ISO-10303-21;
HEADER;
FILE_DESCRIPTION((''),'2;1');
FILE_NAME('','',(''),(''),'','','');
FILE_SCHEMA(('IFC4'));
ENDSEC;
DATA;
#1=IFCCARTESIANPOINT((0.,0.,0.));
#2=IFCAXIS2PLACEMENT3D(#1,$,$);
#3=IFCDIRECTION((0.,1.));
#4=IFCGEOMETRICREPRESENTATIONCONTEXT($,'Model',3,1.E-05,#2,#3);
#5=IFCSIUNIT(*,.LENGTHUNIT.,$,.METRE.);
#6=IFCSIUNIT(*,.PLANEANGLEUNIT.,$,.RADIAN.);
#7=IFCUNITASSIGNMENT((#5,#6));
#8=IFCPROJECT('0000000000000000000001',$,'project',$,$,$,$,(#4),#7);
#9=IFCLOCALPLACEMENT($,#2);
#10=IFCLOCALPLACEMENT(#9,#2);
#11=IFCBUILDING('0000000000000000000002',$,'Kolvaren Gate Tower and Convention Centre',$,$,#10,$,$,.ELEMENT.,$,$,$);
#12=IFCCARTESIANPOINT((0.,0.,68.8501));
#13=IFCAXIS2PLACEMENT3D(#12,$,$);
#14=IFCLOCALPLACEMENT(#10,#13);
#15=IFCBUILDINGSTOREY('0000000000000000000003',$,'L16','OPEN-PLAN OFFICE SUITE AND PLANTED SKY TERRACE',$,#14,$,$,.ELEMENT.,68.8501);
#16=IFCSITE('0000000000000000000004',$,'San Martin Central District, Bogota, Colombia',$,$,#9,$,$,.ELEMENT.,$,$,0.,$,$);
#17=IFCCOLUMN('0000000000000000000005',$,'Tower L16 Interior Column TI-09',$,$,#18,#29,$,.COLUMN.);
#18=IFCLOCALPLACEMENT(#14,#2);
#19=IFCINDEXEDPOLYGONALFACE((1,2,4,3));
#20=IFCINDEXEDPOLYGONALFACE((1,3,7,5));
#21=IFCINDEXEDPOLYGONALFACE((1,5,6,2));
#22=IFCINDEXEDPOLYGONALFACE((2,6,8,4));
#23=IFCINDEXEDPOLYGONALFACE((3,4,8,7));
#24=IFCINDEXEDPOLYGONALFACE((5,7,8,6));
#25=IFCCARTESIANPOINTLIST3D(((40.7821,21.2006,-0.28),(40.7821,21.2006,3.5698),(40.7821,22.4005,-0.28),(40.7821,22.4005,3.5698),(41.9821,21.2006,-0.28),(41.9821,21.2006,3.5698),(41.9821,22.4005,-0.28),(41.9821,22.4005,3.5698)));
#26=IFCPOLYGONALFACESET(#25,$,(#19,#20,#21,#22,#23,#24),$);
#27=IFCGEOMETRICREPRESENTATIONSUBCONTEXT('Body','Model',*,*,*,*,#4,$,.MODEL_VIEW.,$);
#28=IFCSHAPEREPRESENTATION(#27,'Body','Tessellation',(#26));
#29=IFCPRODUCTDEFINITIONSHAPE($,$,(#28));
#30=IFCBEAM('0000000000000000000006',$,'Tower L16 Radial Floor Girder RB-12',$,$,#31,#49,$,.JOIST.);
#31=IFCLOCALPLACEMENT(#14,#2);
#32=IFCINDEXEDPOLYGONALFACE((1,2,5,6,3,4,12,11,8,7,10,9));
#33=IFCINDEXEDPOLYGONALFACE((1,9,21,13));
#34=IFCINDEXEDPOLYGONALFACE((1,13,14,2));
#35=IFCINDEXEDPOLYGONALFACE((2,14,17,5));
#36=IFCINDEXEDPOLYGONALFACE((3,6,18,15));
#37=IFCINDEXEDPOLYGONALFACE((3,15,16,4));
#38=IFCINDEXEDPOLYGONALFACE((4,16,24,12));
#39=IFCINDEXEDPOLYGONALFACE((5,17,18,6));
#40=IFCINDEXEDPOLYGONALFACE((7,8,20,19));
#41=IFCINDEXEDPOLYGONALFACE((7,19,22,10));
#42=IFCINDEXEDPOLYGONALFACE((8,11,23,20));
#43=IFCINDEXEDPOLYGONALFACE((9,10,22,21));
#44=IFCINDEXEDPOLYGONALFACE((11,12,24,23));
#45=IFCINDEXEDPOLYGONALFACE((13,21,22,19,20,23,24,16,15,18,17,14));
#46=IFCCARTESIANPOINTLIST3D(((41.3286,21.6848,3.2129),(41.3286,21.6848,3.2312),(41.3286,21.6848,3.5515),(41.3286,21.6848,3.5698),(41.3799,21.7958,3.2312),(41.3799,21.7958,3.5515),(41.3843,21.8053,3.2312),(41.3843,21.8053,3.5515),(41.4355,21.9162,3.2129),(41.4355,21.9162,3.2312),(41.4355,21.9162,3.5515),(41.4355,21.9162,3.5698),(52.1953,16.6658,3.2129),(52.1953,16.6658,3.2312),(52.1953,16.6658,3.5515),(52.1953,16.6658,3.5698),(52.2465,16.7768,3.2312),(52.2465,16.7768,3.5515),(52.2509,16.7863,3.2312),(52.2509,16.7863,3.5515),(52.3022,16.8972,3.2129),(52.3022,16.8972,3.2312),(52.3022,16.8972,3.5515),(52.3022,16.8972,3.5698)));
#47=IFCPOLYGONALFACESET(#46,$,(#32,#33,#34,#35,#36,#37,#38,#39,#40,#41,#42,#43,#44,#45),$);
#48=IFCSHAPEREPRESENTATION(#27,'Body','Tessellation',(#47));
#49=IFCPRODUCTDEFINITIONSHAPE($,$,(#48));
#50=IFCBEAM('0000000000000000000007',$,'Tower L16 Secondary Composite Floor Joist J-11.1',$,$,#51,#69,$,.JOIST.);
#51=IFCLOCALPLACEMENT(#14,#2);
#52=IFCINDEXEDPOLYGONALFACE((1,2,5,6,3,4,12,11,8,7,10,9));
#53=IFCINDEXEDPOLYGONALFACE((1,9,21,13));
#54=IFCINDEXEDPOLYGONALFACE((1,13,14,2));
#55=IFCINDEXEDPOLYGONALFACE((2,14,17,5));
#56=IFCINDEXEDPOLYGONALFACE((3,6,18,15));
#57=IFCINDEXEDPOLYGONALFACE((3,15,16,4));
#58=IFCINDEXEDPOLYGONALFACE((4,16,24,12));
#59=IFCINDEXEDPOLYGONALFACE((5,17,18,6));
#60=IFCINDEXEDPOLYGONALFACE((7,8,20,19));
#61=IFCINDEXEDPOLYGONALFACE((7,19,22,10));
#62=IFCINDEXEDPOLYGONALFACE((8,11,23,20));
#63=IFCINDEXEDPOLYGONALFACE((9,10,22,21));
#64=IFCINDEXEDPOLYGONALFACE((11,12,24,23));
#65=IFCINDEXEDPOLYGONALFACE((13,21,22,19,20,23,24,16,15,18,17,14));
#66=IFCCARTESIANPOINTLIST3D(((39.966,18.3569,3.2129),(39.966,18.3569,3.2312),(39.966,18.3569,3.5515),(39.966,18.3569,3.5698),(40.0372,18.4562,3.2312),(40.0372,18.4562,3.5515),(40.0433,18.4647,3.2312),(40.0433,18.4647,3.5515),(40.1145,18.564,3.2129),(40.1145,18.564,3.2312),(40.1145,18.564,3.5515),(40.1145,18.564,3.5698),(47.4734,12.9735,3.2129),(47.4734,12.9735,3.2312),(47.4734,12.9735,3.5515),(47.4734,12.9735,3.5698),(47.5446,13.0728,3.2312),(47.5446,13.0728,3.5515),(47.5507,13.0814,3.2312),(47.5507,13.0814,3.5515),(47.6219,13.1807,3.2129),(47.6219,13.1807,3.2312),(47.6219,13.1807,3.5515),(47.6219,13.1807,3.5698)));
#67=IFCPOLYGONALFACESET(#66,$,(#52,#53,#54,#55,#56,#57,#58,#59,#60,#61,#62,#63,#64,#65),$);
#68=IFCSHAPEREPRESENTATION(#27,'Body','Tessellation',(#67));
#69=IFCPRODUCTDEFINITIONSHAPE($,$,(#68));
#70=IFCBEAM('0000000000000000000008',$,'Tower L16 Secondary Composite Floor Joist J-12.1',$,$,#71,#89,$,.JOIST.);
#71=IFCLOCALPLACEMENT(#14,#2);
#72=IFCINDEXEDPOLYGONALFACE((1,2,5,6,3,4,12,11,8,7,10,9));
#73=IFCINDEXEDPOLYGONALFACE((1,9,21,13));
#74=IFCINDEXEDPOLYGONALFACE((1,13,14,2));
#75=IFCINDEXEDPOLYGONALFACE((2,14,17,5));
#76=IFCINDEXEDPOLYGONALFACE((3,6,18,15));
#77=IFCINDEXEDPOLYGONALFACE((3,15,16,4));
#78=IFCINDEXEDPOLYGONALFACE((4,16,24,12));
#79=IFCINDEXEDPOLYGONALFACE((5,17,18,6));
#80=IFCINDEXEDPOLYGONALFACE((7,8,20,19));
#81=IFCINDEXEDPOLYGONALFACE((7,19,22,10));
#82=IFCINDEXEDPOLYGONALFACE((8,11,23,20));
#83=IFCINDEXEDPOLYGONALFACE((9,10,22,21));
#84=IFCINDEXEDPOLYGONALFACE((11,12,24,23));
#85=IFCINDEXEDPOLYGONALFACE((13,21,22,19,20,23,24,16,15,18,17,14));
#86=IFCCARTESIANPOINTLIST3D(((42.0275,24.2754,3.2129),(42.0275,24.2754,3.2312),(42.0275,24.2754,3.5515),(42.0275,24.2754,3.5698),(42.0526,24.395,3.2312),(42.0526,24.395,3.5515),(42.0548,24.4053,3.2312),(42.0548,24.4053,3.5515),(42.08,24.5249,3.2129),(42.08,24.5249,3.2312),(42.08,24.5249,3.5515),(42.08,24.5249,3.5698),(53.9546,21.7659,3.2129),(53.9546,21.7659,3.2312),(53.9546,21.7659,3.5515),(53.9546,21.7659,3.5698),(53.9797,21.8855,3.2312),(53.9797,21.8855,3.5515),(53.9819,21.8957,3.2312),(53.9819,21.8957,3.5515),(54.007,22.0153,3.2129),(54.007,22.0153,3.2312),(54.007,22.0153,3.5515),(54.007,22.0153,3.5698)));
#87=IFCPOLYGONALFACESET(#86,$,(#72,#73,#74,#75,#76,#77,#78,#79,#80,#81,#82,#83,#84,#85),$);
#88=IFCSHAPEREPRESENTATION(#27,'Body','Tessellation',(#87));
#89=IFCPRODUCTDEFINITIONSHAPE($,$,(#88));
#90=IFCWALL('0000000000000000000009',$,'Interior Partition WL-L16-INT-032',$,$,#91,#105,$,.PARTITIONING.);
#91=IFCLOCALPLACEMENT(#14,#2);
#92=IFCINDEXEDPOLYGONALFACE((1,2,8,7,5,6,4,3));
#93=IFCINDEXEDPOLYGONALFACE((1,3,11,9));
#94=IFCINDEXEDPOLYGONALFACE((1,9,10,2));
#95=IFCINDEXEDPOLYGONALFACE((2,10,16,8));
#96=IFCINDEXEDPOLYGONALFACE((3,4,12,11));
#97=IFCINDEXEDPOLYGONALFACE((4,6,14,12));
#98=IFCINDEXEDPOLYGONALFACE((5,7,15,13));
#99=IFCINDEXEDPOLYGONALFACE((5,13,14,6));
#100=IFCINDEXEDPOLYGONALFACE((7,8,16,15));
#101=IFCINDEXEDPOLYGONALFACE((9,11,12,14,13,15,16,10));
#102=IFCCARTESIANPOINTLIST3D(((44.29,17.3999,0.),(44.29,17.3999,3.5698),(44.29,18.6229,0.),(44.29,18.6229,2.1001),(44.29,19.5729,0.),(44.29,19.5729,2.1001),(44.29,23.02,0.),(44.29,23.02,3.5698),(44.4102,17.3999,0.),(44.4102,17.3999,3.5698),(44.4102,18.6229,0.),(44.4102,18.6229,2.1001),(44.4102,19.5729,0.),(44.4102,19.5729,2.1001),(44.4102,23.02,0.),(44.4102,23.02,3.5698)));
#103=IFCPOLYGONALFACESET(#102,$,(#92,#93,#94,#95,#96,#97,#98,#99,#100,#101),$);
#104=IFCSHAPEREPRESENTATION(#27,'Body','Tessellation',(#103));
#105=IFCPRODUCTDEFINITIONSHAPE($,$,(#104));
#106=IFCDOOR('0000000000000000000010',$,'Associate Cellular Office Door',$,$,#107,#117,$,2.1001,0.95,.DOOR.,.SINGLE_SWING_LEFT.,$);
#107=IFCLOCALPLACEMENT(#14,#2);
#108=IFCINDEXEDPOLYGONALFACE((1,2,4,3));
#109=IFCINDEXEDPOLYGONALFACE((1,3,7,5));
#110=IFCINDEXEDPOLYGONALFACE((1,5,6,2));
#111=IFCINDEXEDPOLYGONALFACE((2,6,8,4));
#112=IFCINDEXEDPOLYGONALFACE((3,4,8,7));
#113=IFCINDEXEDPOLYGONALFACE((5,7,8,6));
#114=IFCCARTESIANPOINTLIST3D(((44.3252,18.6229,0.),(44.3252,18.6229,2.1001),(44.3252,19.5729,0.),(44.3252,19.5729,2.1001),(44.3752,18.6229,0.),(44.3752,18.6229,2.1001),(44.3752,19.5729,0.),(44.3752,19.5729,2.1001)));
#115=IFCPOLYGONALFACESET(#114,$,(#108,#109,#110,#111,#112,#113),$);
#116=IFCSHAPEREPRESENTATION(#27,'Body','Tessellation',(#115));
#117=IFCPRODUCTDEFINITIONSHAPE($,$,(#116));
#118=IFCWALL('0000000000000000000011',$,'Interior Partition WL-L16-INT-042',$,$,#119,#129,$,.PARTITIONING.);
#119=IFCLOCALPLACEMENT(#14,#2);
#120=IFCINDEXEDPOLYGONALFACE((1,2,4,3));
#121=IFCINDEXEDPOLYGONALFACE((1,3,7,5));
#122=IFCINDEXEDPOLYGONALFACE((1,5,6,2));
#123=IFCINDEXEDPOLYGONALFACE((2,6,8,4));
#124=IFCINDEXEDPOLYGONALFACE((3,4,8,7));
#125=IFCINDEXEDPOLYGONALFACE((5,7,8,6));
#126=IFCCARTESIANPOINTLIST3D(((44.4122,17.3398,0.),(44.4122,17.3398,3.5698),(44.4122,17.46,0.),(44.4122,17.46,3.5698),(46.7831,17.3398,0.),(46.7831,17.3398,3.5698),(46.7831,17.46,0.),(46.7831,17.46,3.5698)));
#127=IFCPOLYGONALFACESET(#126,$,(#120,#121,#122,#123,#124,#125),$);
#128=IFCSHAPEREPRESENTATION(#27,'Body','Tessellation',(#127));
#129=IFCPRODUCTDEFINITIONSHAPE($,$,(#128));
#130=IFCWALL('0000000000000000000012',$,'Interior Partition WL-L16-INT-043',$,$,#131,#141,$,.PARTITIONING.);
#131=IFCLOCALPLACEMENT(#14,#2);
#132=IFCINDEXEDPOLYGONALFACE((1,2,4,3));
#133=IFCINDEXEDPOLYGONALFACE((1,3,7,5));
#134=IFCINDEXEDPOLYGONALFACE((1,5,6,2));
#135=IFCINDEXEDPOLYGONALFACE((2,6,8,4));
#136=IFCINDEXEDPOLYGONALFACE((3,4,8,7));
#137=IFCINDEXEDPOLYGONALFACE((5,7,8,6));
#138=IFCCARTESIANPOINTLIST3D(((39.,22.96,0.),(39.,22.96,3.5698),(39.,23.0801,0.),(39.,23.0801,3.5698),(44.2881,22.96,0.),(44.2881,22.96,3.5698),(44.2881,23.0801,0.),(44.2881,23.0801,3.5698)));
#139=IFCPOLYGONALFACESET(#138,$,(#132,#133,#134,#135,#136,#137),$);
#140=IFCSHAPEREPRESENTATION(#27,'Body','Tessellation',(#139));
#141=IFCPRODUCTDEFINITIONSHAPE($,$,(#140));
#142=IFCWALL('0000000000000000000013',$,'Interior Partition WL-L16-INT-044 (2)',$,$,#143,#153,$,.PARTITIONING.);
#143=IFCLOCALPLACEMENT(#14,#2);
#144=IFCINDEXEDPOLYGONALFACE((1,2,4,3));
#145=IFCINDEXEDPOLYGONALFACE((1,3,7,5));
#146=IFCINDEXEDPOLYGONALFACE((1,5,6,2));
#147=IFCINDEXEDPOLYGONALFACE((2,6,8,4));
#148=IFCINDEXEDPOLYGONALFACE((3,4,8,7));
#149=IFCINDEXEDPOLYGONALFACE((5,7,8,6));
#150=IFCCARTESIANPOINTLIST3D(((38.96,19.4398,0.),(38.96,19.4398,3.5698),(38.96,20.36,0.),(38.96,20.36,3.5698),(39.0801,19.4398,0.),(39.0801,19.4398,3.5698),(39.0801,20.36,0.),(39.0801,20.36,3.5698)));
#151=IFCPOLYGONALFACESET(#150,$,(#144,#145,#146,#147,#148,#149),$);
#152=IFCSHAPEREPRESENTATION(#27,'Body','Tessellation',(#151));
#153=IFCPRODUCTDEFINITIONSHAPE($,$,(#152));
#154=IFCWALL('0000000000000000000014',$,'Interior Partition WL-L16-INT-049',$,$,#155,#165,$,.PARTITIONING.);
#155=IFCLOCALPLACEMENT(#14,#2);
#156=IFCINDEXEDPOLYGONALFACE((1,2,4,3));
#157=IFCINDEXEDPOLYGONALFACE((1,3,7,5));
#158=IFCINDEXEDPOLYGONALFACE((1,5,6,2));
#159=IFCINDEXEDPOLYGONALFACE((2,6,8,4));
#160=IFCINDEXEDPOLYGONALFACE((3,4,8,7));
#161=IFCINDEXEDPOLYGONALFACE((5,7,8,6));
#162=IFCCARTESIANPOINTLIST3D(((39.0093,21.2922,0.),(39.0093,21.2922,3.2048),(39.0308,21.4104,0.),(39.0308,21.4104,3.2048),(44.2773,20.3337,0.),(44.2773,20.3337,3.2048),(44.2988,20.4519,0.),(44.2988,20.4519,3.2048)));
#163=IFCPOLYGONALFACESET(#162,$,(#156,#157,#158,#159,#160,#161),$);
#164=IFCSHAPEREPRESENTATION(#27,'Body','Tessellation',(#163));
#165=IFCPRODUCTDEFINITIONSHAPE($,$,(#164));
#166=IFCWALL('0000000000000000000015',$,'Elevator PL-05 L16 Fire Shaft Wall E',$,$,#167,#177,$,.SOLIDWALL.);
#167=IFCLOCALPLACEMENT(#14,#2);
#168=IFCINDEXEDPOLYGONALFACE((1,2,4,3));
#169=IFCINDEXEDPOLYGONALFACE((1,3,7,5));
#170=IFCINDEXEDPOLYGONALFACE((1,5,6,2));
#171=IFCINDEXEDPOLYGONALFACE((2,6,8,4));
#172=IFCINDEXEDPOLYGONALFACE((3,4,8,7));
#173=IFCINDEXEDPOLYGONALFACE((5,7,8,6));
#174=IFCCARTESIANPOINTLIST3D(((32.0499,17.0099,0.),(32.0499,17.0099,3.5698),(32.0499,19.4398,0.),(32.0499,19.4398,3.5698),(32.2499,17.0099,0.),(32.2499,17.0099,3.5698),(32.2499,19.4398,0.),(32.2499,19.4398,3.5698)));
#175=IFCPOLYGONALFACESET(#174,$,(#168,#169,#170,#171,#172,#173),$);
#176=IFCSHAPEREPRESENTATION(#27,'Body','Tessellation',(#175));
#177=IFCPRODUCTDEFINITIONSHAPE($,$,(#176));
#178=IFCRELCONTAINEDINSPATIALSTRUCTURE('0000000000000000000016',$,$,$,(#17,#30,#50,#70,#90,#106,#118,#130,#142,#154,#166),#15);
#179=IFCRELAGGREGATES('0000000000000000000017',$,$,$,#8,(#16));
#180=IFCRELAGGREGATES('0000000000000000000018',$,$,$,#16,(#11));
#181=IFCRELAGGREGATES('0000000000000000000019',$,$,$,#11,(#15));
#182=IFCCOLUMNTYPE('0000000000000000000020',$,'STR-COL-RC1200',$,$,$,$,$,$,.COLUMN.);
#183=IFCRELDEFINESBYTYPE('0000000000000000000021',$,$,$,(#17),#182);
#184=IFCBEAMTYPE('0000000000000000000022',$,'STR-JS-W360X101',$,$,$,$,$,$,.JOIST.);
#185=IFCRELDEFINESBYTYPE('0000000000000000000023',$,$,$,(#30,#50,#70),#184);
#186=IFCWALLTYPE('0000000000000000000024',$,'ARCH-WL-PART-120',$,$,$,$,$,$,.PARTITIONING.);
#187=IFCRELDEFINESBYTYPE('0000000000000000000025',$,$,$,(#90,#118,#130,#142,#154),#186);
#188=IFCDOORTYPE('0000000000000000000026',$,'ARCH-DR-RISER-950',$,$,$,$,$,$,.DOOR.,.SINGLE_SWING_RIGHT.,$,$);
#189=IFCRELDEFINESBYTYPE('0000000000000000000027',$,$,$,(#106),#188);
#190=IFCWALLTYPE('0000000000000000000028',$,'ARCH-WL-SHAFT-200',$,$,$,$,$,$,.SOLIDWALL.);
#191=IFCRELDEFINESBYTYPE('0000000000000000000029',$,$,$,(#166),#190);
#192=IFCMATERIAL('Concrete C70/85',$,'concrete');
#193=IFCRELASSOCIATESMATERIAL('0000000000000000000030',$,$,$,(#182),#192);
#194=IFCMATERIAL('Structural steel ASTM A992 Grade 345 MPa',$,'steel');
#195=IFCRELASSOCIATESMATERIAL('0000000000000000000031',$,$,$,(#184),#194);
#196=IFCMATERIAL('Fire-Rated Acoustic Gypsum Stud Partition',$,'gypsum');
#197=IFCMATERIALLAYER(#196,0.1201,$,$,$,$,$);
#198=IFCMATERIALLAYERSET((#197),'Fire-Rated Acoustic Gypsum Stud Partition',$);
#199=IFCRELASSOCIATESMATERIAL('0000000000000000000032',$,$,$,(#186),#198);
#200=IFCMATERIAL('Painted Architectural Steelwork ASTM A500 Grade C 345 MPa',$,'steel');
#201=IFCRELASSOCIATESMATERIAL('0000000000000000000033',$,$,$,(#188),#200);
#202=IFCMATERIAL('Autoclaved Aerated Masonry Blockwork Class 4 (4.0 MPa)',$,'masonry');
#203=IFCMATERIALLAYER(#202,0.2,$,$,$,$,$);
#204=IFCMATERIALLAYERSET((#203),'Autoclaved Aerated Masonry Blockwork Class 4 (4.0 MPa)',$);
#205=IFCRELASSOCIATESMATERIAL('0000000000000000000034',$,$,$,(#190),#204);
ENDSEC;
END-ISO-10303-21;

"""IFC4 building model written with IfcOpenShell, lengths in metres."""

from ifc_helpers import new_model, si_unit, direction, frame, frame_2d, origin, origin_2d, place, context, subcontext, project, spatial, rectangle, i_section, extrude, material, layer, layer_set, material_profile, profile_set, type_object, element, fill, save


model = new_model("IFC4")

# Units and contexts
model_context = context("Model", 3, precision=1e-05, world=origin(), true_north=direction((0.0, 1.0)))
body_context = subcontext(model_context, "Body", "Model", "MODEL_VIEW")
ifc_project = project(units=[si_unit("LENGTHUNIT", "METRE"), si_unit("PLANEANGLEUNIT", "RADIAN")], contexts=[model_context])

# Site, building, storey
site_placement = place(None, origin())
site = spatial("IfcSite", under=ifc_project, at=site_placement, Name="San Martin Central District, Bogota, Colombia", CompositionType="ELEMENT", RefElevation=0.0)
building_placement = place(site_placement, origin())
building = spatial("IfcBuilding", under=site, at=building_placement, Name="Kolvaren Gate Tower and Convention Centre", CompositionType="ELEMENT")
storey_placement = place(building_placement, frame((0.0, 0.0, 68.8501)))
storey = spatial("IfcBuildingStorey", under=building, at=storey_placement, Name="L16", Description="OPEN-PLAN OFFICE SUITE AND PLANTED SKY TERRACE", CompositionType="ELEMENT", Elevation=68.8501)

# Column
ifc_material_1 = material(Name="Concrete C70/85", Category="concrete")
ifc_material_profile_1 = material_profile(ifc_material_1, rectangle(XDim=1.2, YDim=1.2, at=origin_2d()), Name="RC-COL-1200X1200")
ifc_profile_set_1 = profile_set([ifc_material_profile_1], Name="Concrete C70/85")
column_type = type_object("IfcColumnType", Name="STR-COL-RC1200", PredefinedType="COLUMN", material=ifc_profile_set_1)
column_placement = place(storey_placement, frame((41.3821, 21.8005, -0.28), z_axis=(0.0, 0.0, 1.0), x_axis=(1.0, 0.0, 0.0)))
element("IfcColumn", 1, at=column_placement, inside=storey, type_object=column_type, Name="Tower L16 Interior Column TI-09", PredefinedType="COLUMN", context=body_context, shape_type="SweptSolid", body=[
    extrude(rectangle(XDim=1.2, YDim=1.2, at=origin_2d()), origin(), (0.0, 0.0, 1.0), 3.8499),
])

# Beams
ifc_material_2 = material(Name="Structural steel ASTM A992 Grade 345 MPa", Category="steel")
ifc_material_profile_2 = material_profile(ifc_material_2, i_section(OverallWidth=0.2549, OverallDepth=0.3569, WebThickness=0.0105, FlangeThickness=0.0183, at=origin_2d()), Name="W360X101")
ifc_profile_set_2 = profile_set([ifc_material_profile_2], Name="Structural steel ASTM A992 Grade 345 MPa")
beam_type = type_object("IfcBeamType", Name="STR-JS-W360X101", PredefinedType="JOIST", material=ifc_profile_set_2)
beam_1_placement = place(storey_placement, frame((41.3821, 21.8005, 3.3914), z_axis=(0.907844, -0.419309, 0.0), x_axis=(0.419309, 0.907844, 0.0)))
element("IfcBeam", 2, at=beam_1_placement, inside=storey, type_object=beam_type, Name="Tower L16 Radial Floor Girder RB-12", PredefinedType="JOIST", context=body_context, shape_type="SweptSolid", body=[
    extrude(i_section(OverallWidth=0.2549, OverallDepth=0.3569, WebThickness=0.0105, FlangeThickness=0.0183, at=origin_2d()), origin(), (0.0, 0.0, 1.0), 11.9697),
])
beam_2_placement = place(storey_placement, frame((40.0403, 18.4604, 3.3914), z_axis=(0.812661, -0.582737, 0.0), x_axis=(0.582737, 0.812661, 0.0)))
element("IfcBeam", 3, at=beam_2_placement, inside=storey, type_object=beam_type, Name="Tower L16 Secondary Composite Floor Joist J-11.1", PredefinedType="JOIST", context=body_context, shape_type="SweptSolid", body=[
    extrude(i_section(OverallWidth=0.2549, OverallDepth=0.3569, WebThickness=0.0105, FlangeThickness=0.0183, at=origin_2d()), origin(), (0.0, 0.0, 1.0), 9.238),
])
beam_3_placement = place(storey_placement, frame((42.0537, 24.4001, 3.3914), z_axis=(0.978573, -0.205898, 0.0), x_axis=(0.205898, 0.978573, 0.0)))
element("IfcBeam", 4, at=beam_3_placement, inside=storey, type_object=beam_type, Name="Tower L16 Secondary Composite Floor Joist J-12.1", PredefinedType="JOIST", context=body_context, shape_type="SweptSolid", body=[
    extrude(i_section(OverallWidth=0.2549, OverallDepth=0.3569, WebThickness=0.0105, FlangeThickness=0.0183, at=origin_2d()), origin(), (0.0, 0.0, 1.0), 12.1882),
])

# Wall, opening, door
ifc_material_3 = material(Name="Fire-Rated Acoustic Gypsum Stud Partition", Category="gypsum")
ifc_layer_1 = layer(ifc_material_3, 0.1201)
ifc_layer_set_1 = layer_set([ifc_layer_1], Name="Fire-Rated Acoustic Gypsum Stud Partition")
wall_type_1 = type_object("IfcWallType", Name="ARCH-WL-PART-120", PredefinedType="PARTITIONING", material=ifc_layer_set_1)
wall_1_placement = place(storey_placement, frame((44.3501, 17.3999, 0.0), z_axis=(0.0, 0.0, 1.0), x_axis=(0.0, 1.0, 0.0)))
wall_1 = element("IfcWall", 5, at=wall_1_placement, inside=storey, type_object=wall_type_1, Name="Interior Partition WL-L16-INT-032", PredefinedType="PARTITIONING", context=body_context, shape_type="SweptSolid", body=[
    extrude(rectangle(XDim=5.6201, YDim=0.1201, at=frame_2d((2.8101, 0.0))), origin(), (0.0, 0.0, 1.0), 3.5698),
])
opening_placement = place(wall_1_placement, frame((1.2229, 0.0, 0.0)))
opening = element("IfcOpeningElement", 6, at=opening_placement, cuts=wall_1, PredefinedType="OPENING", context=body_context, shape_type="SweptSolid", body=[
    extrude(rectangle(XDim=0.95, YDim=2.1001, at=frame_2d((0.4751, 1.05))), frame((0.0, 0.0701, 0.0), z_axis=(0.0, -1.0, 0.0), x_axis=(1.0, 0.0, 0.0)), (0.0, 0.0, 1.0), 0.1401),
])
ifc_material_4 = material(Name="Painted Architectural Steelwork ASTM A500 Grade C 345 MPa", Category="steel")
door_type = type_object("IfcDoorType", Name="ARCH-DR-RISER-950", OperationType="SINGLE_SWING_RIGHT", PredefinedType="DOOR", material=ifc_material_4)
door_placement = place(opening_placement, origin())
door = element("IfcDoor", 7, at=door_placement, inside=storey, type_object=door_type, Name="Associate Cellular Office Door", OperationType="SINGLE_SWING_LEFT", OverallHeight=2.1001, OverallWidth=0.95, PredefinedType="DOOR", context=body_context, shape_type="SweptSolid", body=[
    extrude(rectangle(XDim=0.95, YDim=2.1001, at=frame_2d((0.4751, 1.05))), frame((0.0, 0.0249, 0.0), z_axis=(0.0, -1.0, 0.0), x_axis=(1.0, 0.0, 0.0)), (0.0, 0.0, 1.0), 0.05),
])
fill(opening, door)

# Walls
wall_2_placement = place(storey_placement, frame((44.4121, 17.3999, 0.0), z_axis=(0.0, 0.0, 1.0), x_axis=(1.0, 0.0, 0.0)))
element("IfcWall", 8, at=wall_2_placement, inside=storey, type_object=wall_type_1, Name="Interior Partition WL-L16-INT-042", PredefinedType="PARTITIONING", context=body_context, shape_type="SweptSolid", body=[
    extrude(rectangle(XDim=2.3708, YDim=0.1201, at=frame_2d((1.1855, 0.0))), origin(), (0.0, 0.0, 1.0), 3.5698),
])
wall_3_placement = place(storey_placement, frame((39.0, 23.02, 0.0), z_axis=(0.0, 0.0, 1.0), x_axis=(1.0, 0.0, 0.0)))
element("IfcWall", 9, at=wall_3_placement, inside=storey, type_object=wall_type_1, Name="Interior Partition WL-L16-INT-043", PredefinedType="PARTITIONING", context=body_context, shape_type="SweptSolid", body=[
    extrude(rectangle(XDim=5.2881, YDim=0.1201, at=frame_2d((2.644, 0.0))), origin(), (0.0, 0.0, 1.0), 3.5698),
])
wall_4_placement = place(storey_placement, frame((39.02, 19.4399, 0.0), z_axis=(0.0, 0.0, 1.0), x_axis=(0.0, 1.0, 0.0)))
element("IfcWall", 10, at=wall_4_placement, inside=storey, type_object=wall_type_1, Name="Interior Partition WL-L16-INT-044 (2)", PredefinedType="PARTITIONING", context=body_context, shape_type="SweptSolid", body=[
    extrude(rectangle(XDim=0.9202, YDim=0.1201, at=frame_2d((0.46, 0.0))), origin(), (0.0, 0.0, 1.0), 3.5698),
])
wall_5_placement = place(storey_placement, frame((39.02, 21.3513, 0.0), z_axis=(0.0, 0.0, 1.0), x_axis=(0.983848, -0.179006, 0.0)))
element("IfcWall", 11, at=wall_5_placement, inside=storey, type_object=wall_type_1, Name="Interior Partition WL-L16-INT-049", PredefinedType="PARTITIONING", context=body_context, shape_type="SweptSolid", body=[
    extrude(rectangle(XDim=5.3545, YDim=0.1201, at=frame_2d((2.6772, 0.0))), origin(), (0.0, 0.0, 1.0), 3.2048),
])
ifc_material_5 = material(Name="Autoclaved Aerated Masonry Blockwork Class 4 (4.0 MPa)", Category="masonry")
ifc_layer_2 = layer(ifc_material_5, 0.2)
ifc_layer_set_2 = layer_set([ifc_layer_2], Name="Autoclaved Aerated Masonry Blockwork Class 4 (4.0 MPa)")
wall_type_2 = type_object("IfcWallType", Name="ARCH-WL-SHAFT-200", PredefinedType="SOLIDWALL", material=ifc_layer_set_2)
wall_6_placement = place(storey_placement, frame((32.1499, 17.01, 0.0), z_axis=(0.0, 0.0, 1.0), x_axis=(0.0, 1.0, 0.0)))
element("IfcWall", 12, at=wall_6_placement, inside=storey, type_object=wall_type_2, Name="Elevator PL-05 L16 Fire Shaft Wall E", PredefinedType="SOLIDWALL", context=body_context, shape_type="SweptSolid", body=[
    extrude(rectangle(XDim=2.4299, YDim=0.2, at=frame_2d((1.2148, 0.0))), origin(), (0.0, 0.0, 1.0), 3.5698),
])

save(model, "model.ifc")
